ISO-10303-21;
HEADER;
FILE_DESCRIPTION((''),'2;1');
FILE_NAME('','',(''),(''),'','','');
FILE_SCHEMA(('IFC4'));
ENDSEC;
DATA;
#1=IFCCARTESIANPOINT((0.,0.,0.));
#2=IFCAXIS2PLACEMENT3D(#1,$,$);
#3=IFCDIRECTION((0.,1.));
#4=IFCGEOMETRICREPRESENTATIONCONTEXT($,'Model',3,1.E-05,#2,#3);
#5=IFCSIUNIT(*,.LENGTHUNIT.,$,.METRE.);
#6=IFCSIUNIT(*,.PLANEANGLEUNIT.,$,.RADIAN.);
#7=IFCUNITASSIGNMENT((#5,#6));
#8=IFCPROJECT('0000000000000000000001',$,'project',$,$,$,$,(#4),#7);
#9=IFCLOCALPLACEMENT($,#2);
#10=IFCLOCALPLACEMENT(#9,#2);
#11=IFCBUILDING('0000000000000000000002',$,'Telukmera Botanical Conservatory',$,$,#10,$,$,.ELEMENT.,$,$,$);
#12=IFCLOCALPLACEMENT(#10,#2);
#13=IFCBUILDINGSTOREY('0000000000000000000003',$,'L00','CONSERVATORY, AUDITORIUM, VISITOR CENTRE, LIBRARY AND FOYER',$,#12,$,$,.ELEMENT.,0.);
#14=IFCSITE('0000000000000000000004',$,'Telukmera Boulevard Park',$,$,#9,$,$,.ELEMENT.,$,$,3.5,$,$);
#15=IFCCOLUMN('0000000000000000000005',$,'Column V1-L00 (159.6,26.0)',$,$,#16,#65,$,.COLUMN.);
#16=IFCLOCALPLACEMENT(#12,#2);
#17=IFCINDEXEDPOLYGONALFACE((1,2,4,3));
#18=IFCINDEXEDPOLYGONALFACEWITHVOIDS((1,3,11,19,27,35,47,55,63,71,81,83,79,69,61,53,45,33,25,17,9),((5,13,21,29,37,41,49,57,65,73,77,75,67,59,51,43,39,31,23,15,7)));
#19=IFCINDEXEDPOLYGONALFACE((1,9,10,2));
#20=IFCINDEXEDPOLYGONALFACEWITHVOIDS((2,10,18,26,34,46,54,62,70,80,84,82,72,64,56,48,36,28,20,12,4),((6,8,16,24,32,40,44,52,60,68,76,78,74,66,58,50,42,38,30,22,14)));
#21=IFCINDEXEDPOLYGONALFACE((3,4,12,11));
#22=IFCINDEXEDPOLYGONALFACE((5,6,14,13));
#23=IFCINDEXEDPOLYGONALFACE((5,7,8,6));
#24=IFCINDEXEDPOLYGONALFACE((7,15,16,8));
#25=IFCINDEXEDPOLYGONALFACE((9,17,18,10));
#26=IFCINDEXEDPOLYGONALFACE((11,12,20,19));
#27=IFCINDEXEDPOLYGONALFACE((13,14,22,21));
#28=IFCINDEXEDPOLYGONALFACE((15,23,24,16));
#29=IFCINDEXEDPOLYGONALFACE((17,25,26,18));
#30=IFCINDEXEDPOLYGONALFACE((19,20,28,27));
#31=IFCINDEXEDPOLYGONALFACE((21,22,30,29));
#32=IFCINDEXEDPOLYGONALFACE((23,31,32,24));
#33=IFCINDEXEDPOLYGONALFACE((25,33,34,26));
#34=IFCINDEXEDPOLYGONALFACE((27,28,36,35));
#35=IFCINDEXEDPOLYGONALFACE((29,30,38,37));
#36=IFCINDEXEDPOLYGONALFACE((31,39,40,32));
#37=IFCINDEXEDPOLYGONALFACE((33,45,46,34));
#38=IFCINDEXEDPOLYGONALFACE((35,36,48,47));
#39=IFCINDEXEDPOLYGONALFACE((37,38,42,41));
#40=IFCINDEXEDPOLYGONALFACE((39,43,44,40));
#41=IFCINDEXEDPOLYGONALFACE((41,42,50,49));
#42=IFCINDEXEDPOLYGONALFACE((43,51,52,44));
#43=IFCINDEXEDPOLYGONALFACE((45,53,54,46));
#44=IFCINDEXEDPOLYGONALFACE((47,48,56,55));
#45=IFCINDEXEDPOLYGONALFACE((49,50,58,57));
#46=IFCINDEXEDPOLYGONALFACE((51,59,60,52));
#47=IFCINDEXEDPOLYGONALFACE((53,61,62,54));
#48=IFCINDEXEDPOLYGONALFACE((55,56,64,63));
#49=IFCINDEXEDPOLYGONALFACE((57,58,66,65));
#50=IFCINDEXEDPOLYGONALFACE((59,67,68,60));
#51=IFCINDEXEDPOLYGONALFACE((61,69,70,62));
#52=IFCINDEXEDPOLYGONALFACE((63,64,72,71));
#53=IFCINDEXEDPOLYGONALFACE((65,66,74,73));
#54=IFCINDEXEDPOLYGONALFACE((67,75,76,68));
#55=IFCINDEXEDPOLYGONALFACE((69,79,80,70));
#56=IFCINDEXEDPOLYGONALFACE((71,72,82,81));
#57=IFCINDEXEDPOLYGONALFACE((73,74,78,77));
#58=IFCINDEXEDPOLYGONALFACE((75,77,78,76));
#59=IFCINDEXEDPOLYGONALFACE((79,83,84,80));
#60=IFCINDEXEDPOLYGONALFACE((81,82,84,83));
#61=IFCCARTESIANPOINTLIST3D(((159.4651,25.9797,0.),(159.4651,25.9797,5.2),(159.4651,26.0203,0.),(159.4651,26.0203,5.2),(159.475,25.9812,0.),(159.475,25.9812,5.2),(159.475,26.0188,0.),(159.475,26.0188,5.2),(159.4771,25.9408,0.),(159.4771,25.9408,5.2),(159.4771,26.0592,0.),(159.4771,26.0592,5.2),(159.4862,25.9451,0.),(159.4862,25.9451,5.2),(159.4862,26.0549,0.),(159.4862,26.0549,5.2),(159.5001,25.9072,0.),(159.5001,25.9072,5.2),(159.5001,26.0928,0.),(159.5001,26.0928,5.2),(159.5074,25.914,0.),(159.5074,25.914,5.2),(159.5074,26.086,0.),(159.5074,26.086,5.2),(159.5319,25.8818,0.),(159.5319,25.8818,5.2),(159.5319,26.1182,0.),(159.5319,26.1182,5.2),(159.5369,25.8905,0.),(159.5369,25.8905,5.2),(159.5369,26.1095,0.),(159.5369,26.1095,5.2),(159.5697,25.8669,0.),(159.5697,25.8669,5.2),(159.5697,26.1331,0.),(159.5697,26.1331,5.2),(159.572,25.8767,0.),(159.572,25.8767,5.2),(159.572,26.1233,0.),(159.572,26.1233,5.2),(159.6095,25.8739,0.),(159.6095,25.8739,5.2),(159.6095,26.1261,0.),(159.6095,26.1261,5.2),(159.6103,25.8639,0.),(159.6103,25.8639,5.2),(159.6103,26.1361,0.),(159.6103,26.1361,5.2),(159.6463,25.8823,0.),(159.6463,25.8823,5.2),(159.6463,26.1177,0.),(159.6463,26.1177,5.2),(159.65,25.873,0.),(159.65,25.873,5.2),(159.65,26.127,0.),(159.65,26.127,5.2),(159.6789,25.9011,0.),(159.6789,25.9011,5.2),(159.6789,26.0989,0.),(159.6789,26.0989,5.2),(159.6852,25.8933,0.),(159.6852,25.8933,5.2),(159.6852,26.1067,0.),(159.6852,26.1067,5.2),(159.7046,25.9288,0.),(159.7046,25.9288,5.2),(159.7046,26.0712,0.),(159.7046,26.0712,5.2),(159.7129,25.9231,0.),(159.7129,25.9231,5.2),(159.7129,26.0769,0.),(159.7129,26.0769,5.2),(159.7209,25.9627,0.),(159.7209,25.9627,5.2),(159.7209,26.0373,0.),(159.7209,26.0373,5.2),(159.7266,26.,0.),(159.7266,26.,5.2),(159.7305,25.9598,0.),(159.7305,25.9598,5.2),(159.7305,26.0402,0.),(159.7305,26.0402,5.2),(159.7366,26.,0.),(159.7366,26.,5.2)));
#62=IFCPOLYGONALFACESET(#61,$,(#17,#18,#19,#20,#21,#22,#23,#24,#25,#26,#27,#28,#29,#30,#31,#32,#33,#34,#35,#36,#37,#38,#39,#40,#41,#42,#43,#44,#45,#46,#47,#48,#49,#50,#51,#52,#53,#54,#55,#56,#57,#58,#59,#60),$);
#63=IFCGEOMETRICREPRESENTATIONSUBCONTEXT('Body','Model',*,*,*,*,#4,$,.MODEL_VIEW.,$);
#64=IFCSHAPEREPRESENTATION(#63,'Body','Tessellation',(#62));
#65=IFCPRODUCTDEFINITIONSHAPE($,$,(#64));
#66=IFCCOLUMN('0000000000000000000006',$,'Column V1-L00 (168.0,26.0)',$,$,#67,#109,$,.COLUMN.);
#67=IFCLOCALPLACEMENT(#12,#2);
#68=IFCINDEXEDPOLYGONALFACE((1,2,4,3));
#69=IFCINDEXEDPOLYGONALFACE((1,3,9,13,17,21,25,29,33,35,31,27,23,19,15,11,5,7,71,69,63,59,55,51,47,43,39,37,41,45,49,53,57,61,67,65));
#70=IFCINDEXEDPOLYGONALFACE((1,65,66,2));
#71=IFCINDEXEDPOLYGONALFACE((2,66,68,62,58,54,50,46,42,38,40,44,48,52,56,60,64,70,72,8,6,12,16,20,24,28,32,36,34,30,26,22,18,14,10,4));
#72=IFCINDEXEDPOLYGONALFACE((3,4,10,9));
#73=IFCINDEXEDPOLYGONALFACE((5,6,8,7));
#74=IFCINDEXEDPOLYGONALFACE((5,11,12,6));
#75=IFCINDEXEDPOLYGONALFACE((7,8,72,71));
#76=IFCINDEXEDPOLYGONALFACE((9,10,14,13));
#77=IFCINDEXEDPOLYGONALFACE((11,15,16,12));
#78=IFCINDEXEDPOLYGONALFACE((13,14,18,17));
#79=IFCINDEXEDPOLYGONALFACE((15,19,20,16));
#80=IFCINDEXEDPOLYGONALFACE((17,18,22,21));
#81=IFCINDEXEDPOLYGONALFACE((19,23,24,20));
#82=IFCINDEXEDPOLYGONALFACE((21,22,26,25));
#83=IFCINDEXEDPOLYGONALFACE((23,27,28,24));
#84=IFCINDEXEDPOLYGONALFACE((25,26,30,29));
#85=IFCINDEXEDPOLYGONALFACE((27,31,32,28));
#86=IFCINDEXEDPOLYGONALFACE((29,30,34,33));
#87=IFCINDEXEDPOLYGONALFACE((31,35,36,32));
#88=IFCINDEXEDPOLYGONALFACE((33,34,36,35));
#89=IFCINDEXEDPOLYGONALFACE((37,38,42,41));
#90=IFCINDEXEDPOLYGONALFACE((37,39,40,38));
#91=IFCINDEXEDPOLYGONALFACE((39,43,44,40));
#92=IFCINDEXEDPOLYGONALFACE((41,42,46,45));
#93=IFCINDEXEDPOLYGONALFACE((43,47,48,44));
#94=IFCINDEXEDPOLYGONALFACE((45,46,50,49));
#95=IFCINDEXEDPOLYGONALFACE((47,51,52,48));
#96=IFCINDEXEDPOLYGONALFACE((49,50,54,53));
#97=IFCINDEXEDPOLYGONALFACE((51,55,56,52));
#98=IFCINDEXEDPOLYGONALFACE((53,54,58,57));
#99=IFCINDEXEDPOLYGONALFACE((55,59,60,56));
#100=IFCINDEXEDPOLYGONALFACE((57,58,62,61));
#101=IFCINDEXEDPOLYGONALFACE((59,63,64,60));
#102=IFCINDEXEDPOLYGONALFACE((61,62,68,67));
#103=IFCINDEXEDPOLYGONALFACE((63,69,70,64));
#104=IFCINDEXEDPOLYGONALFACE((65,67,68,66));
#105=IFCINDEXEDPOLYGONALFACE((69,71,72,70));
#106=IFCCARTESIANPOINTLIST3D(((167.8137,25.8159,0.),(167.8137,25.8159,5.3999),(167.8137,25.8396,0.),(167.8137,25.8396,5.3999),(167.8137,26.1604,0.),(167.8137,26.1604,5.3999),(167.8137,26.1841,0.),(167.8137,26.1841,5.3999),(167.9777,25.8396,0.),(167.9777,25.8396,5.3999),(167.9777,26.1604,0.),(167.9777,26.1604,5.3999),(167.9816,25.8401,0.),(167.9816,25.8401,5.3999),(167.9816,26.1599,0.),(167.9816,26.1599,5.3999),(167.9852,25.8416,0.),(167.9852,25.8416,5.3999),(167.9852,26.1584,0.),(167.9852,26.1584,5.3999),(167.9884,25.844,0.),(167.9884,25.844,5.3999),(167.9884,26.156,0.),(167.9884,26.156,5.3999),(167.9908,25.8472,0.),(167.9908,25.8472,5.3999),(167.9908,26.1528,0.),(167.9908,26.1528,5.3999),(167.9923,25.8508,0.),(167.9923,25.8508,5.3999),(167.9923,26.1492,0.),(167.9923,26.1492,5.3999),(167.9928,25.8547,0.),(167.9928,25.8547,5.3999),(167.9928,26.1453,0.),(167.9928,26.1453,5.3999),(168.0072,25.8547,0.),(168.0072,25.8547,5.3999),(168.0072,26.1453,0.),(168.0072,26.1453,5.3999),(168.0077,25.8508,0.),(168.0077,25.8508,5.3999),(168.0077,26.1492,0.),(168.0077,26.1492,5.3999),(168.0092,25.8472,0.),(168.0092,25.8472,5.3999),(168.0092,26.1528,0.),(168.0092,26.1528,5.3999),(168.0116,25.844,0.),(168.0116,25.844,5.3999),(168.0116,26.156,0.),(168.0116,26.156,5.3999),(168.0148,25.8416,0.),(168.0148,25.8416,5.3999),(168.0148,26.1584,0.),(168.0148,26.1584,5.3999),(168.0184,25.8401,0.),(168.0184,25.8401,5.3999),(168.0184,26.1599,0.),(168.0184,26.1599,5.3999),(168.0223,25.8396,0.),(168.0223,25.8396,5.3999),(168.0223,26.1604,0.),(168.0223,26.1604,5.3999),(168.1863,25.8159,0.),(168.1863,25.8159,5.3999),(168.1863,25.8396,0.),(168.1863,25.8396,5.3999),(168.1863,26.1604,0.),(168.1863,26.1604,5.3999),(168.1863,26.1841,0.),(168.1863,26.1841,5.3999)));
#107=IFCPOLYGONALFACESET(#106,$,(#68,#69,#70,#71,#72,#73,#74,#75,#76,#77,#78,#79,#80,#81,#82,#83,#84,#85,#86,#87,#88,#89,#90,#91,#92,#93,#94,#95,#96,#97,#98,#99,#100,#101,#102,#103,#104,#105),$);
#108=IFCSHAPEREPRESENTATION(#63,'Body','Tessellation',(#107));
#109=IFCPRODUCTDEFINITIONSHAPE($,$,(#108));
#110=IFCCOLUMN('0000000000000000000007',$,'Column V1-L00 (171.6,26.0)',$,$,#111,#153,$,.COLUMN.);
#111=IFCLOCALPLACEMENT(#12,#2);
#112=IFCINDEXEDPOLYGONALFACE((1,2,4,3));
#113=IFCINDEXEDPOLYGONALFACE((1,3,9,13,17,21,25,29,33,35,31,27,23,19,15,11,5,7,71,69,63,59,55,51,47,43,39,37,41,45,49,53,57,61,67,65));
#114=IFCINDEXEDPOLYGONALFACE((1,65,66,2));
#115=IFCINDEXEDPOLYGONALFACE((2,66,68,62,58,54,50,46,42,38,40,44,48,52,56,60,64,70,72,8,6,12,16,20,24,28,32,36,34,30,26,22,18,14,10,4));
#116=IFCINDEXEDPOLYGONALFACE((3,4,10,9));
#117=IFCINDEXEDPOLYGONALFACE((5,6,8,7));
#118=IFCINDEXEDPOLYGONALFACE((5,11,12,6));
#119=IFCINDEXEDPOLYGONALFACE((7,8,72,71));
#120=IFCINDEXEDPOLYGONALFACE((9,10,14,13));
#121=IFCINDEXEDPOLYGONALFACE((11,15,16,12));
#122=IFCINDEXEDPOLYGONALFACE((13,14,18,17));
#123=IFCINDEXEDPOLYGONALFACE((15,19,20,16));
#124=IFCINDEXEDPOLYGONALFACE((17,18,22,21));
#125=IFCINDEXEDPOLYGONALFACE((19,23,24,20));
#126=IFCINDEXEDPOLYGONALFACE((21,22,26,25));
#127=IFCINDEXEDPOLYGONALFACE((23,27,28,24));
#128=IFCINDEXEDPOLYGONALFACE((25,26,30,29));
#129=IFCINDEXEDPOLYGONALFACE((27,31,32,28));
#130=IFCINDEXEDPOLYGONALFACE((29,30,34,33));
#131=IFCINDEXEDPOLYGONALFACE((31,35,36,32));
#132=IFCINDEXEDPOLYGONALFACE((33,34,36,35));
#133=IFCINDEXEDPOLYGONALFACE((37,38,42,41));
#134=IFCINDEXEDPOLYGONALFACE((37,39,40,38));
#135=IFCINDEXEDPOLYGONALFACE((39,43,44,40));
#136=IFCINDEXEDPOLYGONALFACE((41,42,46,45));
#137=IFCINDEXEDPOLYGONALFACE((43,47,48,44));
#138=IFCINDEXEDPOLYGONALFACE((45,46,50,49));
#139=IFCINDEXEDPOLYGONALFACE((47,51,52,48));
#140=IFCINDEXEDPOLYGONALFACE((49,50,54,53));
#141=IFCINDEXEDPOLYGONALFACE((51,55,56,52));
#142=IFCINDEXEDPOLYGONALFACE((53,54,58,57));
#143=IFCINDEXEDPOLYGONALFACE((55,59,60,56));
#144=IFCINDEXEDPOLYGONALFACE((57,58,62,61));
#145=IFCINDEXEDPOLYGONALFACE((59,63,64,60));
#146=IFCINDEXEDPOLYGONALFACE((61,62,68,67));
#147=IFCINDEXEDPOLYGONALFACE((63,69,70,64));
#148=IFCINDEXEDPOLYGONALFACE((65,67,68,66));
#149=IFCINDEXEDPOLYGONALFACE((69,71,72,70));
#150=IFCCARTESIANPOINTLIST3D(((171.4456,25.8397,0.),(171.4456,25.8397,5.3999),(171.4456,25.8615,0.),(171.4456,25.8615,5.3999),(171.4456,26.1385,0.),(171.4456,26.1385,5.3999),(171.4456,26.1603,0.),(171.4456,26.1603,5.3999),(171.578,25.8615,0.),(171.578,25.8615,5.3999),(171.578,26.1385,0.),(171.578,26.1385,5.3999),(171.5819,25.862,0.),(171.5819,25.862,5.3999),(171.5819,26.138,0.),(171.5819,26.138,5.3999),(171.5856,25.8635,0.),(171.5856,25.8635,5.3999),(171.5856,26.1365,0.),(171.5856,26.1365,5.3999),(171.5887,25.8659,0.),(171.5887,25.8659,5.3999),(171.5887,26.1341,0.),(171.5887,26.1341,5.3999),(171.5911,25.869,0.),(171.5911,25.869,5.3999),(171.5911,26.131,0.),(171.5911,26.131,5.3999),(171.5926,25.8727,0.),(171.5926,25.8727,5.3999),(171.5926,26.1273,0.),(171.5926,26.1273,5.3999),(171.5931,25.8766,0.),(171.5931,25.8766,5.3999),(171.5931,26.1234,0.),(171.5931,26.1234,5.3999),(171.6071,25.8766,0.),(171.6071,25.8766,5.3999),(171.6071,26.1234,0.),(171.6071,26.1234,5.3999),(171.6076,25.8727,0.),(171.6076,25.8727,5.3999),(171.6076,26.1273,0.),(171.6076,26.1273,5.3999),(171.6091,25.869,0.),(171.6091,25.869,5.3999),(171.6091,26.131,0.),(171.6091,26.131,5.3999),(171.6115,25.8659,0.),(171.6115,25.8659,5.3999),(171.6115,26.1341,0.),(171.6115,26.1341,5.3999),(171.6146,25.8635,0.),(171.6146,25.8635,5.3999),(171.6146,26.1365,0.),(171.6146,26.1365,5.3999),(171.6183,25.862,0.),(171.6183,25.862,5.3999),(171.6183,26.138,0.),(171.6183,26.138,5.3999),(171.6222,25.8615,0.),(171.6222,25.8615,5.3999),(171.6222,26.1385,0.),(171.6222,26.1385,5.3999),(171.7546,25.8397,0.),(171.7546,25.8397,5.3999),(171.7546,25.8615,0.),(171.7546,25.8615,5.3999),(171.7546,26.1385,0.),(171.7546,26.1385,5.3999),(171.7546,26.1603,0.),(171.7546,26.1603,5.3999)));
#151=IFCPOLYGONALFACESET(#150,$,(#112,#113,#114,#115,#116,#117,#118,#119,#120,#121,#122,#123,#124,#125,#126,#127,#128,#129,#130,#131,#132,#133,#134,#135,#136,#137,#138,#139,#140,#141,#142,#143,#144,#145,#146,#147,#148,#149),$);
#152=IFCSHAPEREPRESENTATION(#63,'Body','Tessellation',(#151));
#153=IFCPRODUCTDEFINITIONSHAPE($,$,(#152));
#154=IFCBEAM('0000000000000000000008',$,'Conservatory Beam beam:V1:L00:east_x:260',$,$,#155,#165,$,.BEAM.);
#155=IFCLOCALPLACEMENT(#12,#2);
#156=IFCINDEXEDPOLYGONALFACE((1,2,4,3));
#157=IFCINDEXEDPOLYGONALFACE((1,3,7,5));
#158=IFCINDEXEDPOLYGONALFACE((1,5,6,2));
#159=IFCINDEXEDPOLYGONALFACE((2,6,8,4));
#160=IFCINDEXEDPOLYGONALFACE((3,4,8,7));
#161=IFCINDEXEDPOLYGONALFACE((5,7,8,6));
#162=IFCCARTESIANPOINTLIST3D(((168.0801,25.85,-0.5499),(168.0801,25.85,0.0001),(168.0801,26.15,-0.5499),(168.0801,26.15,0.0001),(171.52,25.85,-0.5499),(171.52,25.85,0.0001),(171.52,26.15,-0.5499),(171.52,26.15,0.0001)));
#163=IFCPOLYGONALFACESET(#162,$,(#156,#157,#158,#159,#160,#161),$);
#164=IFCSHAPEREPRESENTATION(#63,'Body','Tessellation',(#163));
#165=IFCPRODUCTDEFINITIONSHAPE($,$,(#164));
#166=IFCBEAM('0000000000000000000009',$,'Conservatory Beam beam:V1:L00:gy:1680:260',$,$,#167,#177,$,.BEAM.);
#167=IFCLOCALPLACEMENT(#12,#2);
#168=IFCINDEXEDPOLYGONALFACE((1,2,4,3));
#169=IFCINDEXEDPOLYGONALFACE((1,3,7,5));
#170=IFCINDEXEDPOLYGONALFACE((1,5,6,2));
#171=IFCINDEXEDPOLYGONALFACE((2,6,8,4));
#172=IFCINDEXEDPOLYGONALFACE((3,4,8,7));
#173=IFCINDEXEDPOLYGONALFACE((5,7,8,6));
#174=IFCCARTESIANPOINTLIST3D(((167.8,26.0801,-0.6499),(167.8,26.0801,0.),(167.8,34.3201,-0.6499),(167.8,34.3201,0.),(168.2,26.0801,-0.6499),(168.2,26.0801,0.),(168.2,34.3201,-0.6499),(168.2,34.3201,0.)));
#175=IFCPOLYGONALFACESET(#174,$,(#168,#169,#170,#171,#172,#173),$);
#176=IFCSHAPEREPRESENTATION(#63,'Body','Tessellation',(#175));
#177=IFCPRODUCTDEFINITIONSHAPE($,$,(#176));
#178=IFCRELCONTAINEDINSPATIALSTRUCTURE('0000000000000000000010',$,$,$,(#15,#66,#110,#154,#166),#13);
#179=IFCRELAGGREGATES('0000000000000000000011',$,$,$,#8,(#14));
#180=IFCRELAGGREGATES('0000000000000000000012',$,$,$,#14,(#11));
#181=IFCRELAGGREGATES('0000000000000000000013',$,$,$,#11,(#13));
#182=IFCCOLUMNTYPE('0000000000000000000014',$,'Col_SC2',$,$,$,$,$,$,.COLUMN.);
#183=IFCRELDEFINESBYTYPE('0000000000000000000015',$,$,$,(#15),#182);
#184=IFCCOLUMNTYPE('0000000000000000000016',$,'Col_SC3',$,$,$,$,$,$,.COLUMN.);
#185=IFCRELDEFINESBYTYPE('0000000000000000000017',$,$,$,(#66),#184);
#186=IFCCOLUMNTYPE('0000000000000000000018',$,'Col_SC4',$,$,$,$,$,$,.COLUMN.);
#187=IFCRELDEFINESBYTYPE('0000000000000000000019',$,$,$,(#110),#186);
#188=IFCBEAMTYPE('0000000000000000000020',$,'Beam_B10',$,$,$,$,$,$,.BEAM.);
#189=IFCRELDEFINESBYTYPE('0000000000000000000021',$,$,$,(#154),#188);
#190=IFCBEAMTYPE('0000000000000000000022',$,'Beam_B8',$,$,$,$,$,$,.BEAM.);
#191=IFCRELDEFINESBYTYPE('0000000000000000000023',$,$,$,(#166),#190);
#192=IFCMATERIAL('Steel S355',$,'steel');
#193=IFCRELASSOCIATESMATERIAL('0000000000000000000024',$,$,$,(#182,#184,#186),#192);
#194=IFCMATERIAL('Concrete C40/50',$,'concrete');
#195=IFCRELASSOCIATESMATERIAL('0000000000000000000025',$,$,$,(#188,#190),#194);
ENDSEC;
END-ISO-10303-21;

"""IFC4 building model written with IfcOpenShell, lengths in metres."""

from ifc_helpers import new_model, si_unit, direction, frame, origin, origin_2d, place, context, subcontext, project, spatial, rectangle, hollow_circle, i_section, extrude, material, material_profile, profile_set, type_object, element, save


model = new_model("IFC4")

# Units and contexts
model_context = context("Model", 3, precision=1e-05, world=origin(), true_north=direction((0.0, 1.0)))
body_context = subcontext(model_context, "Body", "Model", "MODEL_VIEW")
ifc_project = project(units=[si_unit("LENGTHUNIT", "METRE"), si_unit("PLANEANGLEUNIT", "RADIAN")], contexts=[model_context])

# Site, building, storey
site_placement = place(None, origin())
site = spatial("IfcSite", under=ifc_project, at=site_placement, Name="Telukmera Boulevard Park", CompositionType="ELEMENT", RefElevation=3.5)
building_placement = place(site_placement, origin())
building = spatial("IfcBuilding", under=site, at=building_placement, Name="Telukmera Botanical Conservatory", CompositionType="ELEMENT")
storey_placement = place(building_placement, origin())
storey = spatial("IfcBuildingStorey", under=building, at=storey_placement, Name="L00", Description="CONSERVATORY, AUDITORIUM, VISITOR CENTRE, LIBRARY AND FOYER", CompositionType="ELEMENT", Elevation=0.0)

# Columns
ifc_material_1 = material(Name="Steel S355", Category="steel")
ifc_material_profile_1 = material_profile(ifc_material_1, hollow_circle(Radius=0.1365, WallThickness=0.01, at=origin_2d()), Name="CHS 273.0x10.0")
ifc_profile_set_1 = profile_set([ifc_material_profile_1], Name="Steel S355")
column_type_1 = type_object("IfcColumnType", Name="Col_SC2", PredefinedType="COLUMN", material=ifc_profile_set_1)
column_1_placement = place(storey_placement, frame((159.6001, 26.0, 0.0), z_axis=(0.0, 0.0, 1.0), x_axis=(1.0, 0.0, 0.0)))
element("IfcColumn", 1, at=column_1_placement, inside=storey, type_object=column_type_1, Name="Column V1-L00 (159.6,26.0)", PredefinedType="COLUMN", context=body_context, shape_type="SweptSolid", body=[
    extrude(hollow_circle(Radius=0.1365, WallThickness=0.01, at=origin_2d()), origin(), (0.0, 0.0, 1.0), 5.2),
])
ifc_material_profile_2 = material_profile(ifc_material_1, i_section(OverallWidth=0.3726, OverallDepth=0.3682, WebThickness=0.0144, FlangeThickness=0.0237, FilletRadius=0.0151, at=origin_2d()), Name="UC 356x368x177")
ifc_profile_set_2 = profile_set([ifc_material_profile_2], Name="Steel S355")
column_type_2 = type_object("IfcColumnType", Name="Col_SC3", PredefinedType="COLUMN", material=ifc_profile_set_2)
column_2_placement = place(storey_placement, frame((168.0, 26.0, 0.0), z_axis=(0.0, 0.0, 1.0), x_axis=(1.0, 0.0, 0.0)))
element("IfcColumn", 2, at=column_2_placement, inside=storey, type_object=column_type_2, Name="Column V1-L00 (168.0,26.0)", PredefinedType="COLUMN", context=body_context, shape_type="SweptSolid", body=[
    extrude(i_section(OverallWidth=0.3726, OverallDepth=0.3682, WebThickness=0.0144, FlangeThickness=0.0237, FilletRadius=0.0151, at=origin_2d()), origin(), (0.0, 0.0, 1.0), 5.3999),
])
ifc_material_profile_3 = material_profile(ifc_material_1, i_section(OverallWidth=0.3091, OverallDepth=0.3206, WebThickness=0.0139, FlangeThickness=0.0217, FilletRadius=0.0151, at=origin_2d()), Name="UC 305x305x137")
ifc_profile_set_3 = profile_set([ifc_material_profile_3], Name="Steel S355")
column_type_3 = type_object("IfcColumnType", Name="Col_SC4", PredefinedType="COLUMN", material=ifc_profile_set_3)
column_3_placement = place(storey_placement, frame((171.6001, 26.0, 0.0), z_axis=(0.0, 0.0, 1.0), x_axis=(1.0, 0.0, 0.0)))
element("IfcColumn", 3, at=column_3_placement, inside=storey, type_object=column_type_3, Name="Column V1-L00 (171.6,26.0)", PredefinedType="COLUMN", context=body_context, shape_type="SweptSolid", body=[
    extrude(i_section(OverallWidth=0.3091, OverallDepth=0.3206, WebThickness=0.0139, FlangeThickness=0.0217, FilletRadius=0.0151, at=origin_2d()), origin(), (0.0, 0.0, 1.0), 5.3999),
])

# Beams
ifc_material_2 = material(Name="Concrete C40/50", Category="concrete")
ifc_material_profile_4 = material_profile(ifc_material_2, rectangle(XDim=0.3, YDim=0.55, at=origin_2d()), Name="RC 300x550")
ifc_profile_set_4 = profile_set([ifc_material_profile_4], Name="Concrete C40/50")
beam_type_1 = type_object("IfcBeamType", Name="Beam_B10", PredefinedType="BEAM", material=ifc_profile_set_4)
beam_1_placement = place(storey_placement, frame((168.0801, 26.0, -0.2749), z_axis=(1.0, 0.0, 0.0), x_axis=(0.0, 1.0, 0.0)))
element("IfcBeam", 4, at=beam_1_placement, inside=storey, type_object=beam_type_1, Name="Conservatory Beam beam:V1:L00:east_x:260", PredefinedType="BEAM", context=body_context, shape_type="SweptSolid", body=[
    extrude(rectangle(XDim=0.3, YDim=0.55, at=origin_2d()), origin(), (0.0, 0.0, 1.0), 3.4399),
])
ifc_material_profile_5 = material_profile(ifc_material_2, rectangle(XDim=0.3999, YDim=0.6499, at=origin_2d()), Name="RC 400x650")
ifc_profile_set_5 = profile_set([ifc_material_profile_5], Name="Concrete C40/50")
beam_type_2 = type_object("IfcBeamType", Name="Beam_B8", PredefinedType="BEAM", material=ifc_profile_set_5)
beam_2_placement = place(storey_placement, frame((168.0, 26.0801, -0.325), z_axis=(0.0, 1.0, 0.0), x_axis=(-1.0, 0.0, 0.0)))
element("IfcBeam", 5, at=beam_2_placement, inside=storey, type_object=beam_type_2, Name="Conservatory Beam beam:V1:L00:gy:1680:260", PredefinedType="BEAM", context=body_context, shape_type="SweptSolid", body=[
    extrude(rectangle(XDim=0.3999, YDim=0.6499, at=origin_2d()), origin(), (0.0, 0.0, 1.0), 8.24),
])

save(model, "model.ifc")
